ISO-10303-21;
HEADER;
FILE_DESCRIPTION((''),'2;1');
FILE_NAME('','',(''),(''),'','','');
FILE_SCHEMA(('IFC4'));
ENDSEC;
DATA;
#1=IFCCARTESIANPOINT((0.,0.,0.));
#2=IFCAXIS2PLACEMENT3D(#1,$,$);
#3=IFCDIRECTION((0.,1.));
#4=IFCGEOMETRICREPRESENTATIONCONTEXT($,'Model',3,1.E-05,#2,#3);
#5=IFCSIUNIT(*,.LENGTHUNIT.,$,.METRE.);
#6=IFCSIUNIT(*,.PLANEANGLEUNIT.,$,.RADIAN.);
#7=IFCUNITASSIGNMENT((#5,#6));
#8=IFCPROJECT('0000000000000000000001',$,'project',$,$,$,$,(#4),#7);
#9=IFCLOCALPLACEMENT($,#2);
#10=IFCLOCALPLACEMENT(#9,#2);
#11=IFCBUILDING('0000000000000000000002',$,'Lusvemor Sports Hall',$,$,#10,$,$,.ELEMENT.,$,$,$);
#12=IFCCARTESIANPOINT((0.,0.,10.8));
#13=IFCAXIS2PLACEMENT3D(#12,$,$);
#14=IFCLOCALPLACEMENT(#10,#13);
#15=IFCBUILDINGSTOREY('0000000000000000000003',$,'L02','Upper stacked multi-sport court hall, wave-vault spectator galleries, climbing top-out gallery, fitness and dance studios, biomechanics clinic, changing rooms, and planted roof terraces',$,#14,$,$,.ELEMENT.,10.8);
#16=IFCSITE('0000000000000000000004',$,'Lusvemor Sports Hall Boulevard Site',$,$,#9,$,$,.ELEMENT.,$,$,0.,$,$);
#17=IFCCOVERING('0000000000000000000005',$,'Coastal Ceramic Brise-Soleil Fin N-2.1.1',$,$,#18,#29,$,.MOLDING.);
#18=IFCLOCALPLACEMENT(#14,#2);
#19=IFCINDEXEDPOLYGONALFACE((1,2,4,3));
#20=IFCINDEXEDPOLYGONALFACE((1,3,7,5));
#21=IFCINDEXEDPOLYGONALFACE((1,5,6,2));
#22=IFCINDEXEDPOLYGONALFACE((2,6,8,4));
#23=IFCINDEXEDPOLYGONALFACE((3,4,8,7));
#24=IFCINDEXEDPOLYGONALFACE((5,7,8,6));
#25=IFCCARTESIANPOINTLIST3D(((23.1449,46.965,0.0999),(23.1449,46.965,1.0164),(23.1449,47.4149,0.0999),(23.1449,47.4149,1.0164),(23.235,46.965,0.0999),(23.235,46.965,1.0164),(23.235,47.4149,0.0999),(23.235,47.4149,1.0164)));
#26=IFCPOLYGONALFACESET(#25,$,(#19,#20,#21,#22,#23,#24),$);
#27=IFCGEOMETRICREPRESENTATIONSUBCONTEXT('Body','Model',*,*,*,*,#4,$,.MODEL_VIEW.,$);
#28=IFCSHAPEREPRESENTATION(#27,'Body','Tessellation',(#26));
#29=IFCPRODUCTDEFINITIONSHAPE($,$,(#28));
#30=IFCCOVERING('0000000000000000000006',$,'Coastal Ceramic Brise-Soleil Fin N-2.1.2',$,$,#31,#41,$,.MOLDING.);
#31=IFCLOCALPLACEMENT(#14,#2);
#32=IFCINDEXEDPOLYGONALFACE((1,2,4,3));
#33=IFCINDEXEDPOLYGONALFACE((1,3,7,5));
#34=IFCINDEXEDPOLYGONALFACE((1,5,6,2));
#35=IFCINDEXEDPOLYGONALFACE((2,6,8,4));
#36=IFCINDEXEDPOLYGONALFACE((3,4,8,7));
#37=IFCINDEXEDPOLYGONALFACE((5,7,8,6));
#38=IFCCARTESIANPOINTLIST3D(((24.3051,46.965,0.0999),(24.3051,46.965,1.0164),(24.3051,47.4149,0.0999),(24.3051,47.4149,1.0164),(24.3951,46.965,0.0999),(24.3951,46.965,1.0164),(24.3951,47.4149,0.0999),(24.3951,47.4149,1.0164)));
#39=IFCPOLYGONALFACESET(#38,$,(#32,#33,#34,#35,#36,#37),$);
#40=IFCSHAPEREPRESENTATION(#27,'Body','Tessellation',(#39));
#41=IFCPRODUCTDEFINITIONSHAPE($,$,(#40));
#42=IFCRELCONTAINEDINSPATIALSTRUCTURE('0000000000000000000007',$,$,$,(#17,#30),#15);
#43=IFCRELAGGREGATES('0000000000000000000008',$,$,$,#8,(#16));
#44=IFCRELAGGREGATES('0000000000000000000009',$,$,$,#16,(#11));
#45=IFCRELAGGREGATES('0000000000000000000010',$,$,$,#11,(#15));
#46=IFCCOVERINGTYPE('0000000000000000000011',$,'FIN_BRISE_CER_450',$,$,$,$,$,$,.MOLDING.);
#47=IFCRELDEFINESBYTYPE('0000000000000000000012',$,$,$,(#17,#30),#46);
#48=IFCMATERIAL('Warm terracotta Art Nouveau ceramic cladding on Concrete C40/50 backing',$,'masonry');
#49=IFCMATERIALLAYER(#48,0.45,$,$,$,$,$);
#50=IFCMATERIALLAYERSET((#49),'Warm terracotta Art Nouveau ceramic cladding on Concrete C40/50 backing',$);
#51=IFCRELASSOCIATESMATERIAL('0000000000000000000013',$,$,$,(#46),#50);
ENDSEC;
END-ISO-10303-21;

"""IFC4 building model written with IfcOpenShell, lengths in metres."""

from ifc_helpers import new_model, si_unit, direction, frame, origin, origin_2d, place, context, subcontext, project, spatial, rectangle, extrude, material, layer, layer_set, type_object, element, save


model = new_model("IFC4")

# Units and contexts
model_context = context("Model", 3, precision=1e-05, world=origin(), true_north=direction((0.0, 1.0)))
body_context = subcontext(model_context, "Body", "Model", "MODEL_VIEW")
ifc_project = project(units=[si_unit("LENGTHUNIT", "METRE"), si_unit("PLANEANGLEUNIT", "RADIAN")], contexts=[model_context])

# Site, building, storey
site_placement = place(None, origin())
site = spatial("IfcSite", under=ifc_project, at=site_placement, Name="Lusvemor Sports Hall Boulevard Site", CompositionType="ELEMENT", RefElevation=0.0)
building_placement = place(site_placement, origin())
building = spatial("IfcBuilding", under=site, at=building_placement, Name="Lusvemor Sports Hall", CompositionType="ELEMENT")
storey_placement = place(building_placement, frame((0.0, 0.0, 10.8)))
storey = spatial("IfcBuildingStorey", under=building, at=storey_placement, Name="L02", Description="Upper stacked multi-sport court hall, wave-vault spectator galleries, climbing top-out gallery, fitness and dance studios, biomechanics clinic, changing rooms, and planted roof terraces", CompositionType="ELEMENT", Elevation=10.8)

# Coverings
ifc_material_1 = material(Name="Warm terracotta Art Nouveau ceramic cladding on Concrete C40/50 backing", Category="masonry")
ifc_layer_1 = layer(ifc_material_1, 0.45)
ifc_layer_set_1 = layer_set([ifc_layer_1], Name="Warm terracotta Art Nouveau ceramic cladding on Concrete C40/50 backing")
covering_type_1 = type_object("IfcCoveringType", Name="FIN_BRISE_CER_450", PredefinedType="MOLDING", material=ifc_layer_set_1)
for number, where, z_axis, x_axis, name in (
    (1, (23.1899, 47.1899, 0.0999), (0.0, 0.0, 1.0), (1.0, 0.0, 0.0), "Coastal Ceramic Brise-Soleil Fin N-2.1.1"),
    (2, (24.3501, 47.1899, 0.0999), (0.0, 0.0, 1.0), (1.0, 0.0, 0.0), "Coastal Ceramic Brise-Soleil Fin N-2.1.2"),
):
    element("IfcCovering", number, at=place(storey_placement, frame(where, z_axis=z_axis, x_axis=x_axis)), inside=storey, type_object=covering_type_1, Name=name, PredefinedType="MOLDING", context=body_context, shape_type="SweptSolid", body=[
        extrude(rectangle(XDim=0.0901, YDim=0.45, at=origin_2d()), origin(), (0.0, 0.0, 1.0), 0.9165),
    ])

save(model, "model.ifc")
